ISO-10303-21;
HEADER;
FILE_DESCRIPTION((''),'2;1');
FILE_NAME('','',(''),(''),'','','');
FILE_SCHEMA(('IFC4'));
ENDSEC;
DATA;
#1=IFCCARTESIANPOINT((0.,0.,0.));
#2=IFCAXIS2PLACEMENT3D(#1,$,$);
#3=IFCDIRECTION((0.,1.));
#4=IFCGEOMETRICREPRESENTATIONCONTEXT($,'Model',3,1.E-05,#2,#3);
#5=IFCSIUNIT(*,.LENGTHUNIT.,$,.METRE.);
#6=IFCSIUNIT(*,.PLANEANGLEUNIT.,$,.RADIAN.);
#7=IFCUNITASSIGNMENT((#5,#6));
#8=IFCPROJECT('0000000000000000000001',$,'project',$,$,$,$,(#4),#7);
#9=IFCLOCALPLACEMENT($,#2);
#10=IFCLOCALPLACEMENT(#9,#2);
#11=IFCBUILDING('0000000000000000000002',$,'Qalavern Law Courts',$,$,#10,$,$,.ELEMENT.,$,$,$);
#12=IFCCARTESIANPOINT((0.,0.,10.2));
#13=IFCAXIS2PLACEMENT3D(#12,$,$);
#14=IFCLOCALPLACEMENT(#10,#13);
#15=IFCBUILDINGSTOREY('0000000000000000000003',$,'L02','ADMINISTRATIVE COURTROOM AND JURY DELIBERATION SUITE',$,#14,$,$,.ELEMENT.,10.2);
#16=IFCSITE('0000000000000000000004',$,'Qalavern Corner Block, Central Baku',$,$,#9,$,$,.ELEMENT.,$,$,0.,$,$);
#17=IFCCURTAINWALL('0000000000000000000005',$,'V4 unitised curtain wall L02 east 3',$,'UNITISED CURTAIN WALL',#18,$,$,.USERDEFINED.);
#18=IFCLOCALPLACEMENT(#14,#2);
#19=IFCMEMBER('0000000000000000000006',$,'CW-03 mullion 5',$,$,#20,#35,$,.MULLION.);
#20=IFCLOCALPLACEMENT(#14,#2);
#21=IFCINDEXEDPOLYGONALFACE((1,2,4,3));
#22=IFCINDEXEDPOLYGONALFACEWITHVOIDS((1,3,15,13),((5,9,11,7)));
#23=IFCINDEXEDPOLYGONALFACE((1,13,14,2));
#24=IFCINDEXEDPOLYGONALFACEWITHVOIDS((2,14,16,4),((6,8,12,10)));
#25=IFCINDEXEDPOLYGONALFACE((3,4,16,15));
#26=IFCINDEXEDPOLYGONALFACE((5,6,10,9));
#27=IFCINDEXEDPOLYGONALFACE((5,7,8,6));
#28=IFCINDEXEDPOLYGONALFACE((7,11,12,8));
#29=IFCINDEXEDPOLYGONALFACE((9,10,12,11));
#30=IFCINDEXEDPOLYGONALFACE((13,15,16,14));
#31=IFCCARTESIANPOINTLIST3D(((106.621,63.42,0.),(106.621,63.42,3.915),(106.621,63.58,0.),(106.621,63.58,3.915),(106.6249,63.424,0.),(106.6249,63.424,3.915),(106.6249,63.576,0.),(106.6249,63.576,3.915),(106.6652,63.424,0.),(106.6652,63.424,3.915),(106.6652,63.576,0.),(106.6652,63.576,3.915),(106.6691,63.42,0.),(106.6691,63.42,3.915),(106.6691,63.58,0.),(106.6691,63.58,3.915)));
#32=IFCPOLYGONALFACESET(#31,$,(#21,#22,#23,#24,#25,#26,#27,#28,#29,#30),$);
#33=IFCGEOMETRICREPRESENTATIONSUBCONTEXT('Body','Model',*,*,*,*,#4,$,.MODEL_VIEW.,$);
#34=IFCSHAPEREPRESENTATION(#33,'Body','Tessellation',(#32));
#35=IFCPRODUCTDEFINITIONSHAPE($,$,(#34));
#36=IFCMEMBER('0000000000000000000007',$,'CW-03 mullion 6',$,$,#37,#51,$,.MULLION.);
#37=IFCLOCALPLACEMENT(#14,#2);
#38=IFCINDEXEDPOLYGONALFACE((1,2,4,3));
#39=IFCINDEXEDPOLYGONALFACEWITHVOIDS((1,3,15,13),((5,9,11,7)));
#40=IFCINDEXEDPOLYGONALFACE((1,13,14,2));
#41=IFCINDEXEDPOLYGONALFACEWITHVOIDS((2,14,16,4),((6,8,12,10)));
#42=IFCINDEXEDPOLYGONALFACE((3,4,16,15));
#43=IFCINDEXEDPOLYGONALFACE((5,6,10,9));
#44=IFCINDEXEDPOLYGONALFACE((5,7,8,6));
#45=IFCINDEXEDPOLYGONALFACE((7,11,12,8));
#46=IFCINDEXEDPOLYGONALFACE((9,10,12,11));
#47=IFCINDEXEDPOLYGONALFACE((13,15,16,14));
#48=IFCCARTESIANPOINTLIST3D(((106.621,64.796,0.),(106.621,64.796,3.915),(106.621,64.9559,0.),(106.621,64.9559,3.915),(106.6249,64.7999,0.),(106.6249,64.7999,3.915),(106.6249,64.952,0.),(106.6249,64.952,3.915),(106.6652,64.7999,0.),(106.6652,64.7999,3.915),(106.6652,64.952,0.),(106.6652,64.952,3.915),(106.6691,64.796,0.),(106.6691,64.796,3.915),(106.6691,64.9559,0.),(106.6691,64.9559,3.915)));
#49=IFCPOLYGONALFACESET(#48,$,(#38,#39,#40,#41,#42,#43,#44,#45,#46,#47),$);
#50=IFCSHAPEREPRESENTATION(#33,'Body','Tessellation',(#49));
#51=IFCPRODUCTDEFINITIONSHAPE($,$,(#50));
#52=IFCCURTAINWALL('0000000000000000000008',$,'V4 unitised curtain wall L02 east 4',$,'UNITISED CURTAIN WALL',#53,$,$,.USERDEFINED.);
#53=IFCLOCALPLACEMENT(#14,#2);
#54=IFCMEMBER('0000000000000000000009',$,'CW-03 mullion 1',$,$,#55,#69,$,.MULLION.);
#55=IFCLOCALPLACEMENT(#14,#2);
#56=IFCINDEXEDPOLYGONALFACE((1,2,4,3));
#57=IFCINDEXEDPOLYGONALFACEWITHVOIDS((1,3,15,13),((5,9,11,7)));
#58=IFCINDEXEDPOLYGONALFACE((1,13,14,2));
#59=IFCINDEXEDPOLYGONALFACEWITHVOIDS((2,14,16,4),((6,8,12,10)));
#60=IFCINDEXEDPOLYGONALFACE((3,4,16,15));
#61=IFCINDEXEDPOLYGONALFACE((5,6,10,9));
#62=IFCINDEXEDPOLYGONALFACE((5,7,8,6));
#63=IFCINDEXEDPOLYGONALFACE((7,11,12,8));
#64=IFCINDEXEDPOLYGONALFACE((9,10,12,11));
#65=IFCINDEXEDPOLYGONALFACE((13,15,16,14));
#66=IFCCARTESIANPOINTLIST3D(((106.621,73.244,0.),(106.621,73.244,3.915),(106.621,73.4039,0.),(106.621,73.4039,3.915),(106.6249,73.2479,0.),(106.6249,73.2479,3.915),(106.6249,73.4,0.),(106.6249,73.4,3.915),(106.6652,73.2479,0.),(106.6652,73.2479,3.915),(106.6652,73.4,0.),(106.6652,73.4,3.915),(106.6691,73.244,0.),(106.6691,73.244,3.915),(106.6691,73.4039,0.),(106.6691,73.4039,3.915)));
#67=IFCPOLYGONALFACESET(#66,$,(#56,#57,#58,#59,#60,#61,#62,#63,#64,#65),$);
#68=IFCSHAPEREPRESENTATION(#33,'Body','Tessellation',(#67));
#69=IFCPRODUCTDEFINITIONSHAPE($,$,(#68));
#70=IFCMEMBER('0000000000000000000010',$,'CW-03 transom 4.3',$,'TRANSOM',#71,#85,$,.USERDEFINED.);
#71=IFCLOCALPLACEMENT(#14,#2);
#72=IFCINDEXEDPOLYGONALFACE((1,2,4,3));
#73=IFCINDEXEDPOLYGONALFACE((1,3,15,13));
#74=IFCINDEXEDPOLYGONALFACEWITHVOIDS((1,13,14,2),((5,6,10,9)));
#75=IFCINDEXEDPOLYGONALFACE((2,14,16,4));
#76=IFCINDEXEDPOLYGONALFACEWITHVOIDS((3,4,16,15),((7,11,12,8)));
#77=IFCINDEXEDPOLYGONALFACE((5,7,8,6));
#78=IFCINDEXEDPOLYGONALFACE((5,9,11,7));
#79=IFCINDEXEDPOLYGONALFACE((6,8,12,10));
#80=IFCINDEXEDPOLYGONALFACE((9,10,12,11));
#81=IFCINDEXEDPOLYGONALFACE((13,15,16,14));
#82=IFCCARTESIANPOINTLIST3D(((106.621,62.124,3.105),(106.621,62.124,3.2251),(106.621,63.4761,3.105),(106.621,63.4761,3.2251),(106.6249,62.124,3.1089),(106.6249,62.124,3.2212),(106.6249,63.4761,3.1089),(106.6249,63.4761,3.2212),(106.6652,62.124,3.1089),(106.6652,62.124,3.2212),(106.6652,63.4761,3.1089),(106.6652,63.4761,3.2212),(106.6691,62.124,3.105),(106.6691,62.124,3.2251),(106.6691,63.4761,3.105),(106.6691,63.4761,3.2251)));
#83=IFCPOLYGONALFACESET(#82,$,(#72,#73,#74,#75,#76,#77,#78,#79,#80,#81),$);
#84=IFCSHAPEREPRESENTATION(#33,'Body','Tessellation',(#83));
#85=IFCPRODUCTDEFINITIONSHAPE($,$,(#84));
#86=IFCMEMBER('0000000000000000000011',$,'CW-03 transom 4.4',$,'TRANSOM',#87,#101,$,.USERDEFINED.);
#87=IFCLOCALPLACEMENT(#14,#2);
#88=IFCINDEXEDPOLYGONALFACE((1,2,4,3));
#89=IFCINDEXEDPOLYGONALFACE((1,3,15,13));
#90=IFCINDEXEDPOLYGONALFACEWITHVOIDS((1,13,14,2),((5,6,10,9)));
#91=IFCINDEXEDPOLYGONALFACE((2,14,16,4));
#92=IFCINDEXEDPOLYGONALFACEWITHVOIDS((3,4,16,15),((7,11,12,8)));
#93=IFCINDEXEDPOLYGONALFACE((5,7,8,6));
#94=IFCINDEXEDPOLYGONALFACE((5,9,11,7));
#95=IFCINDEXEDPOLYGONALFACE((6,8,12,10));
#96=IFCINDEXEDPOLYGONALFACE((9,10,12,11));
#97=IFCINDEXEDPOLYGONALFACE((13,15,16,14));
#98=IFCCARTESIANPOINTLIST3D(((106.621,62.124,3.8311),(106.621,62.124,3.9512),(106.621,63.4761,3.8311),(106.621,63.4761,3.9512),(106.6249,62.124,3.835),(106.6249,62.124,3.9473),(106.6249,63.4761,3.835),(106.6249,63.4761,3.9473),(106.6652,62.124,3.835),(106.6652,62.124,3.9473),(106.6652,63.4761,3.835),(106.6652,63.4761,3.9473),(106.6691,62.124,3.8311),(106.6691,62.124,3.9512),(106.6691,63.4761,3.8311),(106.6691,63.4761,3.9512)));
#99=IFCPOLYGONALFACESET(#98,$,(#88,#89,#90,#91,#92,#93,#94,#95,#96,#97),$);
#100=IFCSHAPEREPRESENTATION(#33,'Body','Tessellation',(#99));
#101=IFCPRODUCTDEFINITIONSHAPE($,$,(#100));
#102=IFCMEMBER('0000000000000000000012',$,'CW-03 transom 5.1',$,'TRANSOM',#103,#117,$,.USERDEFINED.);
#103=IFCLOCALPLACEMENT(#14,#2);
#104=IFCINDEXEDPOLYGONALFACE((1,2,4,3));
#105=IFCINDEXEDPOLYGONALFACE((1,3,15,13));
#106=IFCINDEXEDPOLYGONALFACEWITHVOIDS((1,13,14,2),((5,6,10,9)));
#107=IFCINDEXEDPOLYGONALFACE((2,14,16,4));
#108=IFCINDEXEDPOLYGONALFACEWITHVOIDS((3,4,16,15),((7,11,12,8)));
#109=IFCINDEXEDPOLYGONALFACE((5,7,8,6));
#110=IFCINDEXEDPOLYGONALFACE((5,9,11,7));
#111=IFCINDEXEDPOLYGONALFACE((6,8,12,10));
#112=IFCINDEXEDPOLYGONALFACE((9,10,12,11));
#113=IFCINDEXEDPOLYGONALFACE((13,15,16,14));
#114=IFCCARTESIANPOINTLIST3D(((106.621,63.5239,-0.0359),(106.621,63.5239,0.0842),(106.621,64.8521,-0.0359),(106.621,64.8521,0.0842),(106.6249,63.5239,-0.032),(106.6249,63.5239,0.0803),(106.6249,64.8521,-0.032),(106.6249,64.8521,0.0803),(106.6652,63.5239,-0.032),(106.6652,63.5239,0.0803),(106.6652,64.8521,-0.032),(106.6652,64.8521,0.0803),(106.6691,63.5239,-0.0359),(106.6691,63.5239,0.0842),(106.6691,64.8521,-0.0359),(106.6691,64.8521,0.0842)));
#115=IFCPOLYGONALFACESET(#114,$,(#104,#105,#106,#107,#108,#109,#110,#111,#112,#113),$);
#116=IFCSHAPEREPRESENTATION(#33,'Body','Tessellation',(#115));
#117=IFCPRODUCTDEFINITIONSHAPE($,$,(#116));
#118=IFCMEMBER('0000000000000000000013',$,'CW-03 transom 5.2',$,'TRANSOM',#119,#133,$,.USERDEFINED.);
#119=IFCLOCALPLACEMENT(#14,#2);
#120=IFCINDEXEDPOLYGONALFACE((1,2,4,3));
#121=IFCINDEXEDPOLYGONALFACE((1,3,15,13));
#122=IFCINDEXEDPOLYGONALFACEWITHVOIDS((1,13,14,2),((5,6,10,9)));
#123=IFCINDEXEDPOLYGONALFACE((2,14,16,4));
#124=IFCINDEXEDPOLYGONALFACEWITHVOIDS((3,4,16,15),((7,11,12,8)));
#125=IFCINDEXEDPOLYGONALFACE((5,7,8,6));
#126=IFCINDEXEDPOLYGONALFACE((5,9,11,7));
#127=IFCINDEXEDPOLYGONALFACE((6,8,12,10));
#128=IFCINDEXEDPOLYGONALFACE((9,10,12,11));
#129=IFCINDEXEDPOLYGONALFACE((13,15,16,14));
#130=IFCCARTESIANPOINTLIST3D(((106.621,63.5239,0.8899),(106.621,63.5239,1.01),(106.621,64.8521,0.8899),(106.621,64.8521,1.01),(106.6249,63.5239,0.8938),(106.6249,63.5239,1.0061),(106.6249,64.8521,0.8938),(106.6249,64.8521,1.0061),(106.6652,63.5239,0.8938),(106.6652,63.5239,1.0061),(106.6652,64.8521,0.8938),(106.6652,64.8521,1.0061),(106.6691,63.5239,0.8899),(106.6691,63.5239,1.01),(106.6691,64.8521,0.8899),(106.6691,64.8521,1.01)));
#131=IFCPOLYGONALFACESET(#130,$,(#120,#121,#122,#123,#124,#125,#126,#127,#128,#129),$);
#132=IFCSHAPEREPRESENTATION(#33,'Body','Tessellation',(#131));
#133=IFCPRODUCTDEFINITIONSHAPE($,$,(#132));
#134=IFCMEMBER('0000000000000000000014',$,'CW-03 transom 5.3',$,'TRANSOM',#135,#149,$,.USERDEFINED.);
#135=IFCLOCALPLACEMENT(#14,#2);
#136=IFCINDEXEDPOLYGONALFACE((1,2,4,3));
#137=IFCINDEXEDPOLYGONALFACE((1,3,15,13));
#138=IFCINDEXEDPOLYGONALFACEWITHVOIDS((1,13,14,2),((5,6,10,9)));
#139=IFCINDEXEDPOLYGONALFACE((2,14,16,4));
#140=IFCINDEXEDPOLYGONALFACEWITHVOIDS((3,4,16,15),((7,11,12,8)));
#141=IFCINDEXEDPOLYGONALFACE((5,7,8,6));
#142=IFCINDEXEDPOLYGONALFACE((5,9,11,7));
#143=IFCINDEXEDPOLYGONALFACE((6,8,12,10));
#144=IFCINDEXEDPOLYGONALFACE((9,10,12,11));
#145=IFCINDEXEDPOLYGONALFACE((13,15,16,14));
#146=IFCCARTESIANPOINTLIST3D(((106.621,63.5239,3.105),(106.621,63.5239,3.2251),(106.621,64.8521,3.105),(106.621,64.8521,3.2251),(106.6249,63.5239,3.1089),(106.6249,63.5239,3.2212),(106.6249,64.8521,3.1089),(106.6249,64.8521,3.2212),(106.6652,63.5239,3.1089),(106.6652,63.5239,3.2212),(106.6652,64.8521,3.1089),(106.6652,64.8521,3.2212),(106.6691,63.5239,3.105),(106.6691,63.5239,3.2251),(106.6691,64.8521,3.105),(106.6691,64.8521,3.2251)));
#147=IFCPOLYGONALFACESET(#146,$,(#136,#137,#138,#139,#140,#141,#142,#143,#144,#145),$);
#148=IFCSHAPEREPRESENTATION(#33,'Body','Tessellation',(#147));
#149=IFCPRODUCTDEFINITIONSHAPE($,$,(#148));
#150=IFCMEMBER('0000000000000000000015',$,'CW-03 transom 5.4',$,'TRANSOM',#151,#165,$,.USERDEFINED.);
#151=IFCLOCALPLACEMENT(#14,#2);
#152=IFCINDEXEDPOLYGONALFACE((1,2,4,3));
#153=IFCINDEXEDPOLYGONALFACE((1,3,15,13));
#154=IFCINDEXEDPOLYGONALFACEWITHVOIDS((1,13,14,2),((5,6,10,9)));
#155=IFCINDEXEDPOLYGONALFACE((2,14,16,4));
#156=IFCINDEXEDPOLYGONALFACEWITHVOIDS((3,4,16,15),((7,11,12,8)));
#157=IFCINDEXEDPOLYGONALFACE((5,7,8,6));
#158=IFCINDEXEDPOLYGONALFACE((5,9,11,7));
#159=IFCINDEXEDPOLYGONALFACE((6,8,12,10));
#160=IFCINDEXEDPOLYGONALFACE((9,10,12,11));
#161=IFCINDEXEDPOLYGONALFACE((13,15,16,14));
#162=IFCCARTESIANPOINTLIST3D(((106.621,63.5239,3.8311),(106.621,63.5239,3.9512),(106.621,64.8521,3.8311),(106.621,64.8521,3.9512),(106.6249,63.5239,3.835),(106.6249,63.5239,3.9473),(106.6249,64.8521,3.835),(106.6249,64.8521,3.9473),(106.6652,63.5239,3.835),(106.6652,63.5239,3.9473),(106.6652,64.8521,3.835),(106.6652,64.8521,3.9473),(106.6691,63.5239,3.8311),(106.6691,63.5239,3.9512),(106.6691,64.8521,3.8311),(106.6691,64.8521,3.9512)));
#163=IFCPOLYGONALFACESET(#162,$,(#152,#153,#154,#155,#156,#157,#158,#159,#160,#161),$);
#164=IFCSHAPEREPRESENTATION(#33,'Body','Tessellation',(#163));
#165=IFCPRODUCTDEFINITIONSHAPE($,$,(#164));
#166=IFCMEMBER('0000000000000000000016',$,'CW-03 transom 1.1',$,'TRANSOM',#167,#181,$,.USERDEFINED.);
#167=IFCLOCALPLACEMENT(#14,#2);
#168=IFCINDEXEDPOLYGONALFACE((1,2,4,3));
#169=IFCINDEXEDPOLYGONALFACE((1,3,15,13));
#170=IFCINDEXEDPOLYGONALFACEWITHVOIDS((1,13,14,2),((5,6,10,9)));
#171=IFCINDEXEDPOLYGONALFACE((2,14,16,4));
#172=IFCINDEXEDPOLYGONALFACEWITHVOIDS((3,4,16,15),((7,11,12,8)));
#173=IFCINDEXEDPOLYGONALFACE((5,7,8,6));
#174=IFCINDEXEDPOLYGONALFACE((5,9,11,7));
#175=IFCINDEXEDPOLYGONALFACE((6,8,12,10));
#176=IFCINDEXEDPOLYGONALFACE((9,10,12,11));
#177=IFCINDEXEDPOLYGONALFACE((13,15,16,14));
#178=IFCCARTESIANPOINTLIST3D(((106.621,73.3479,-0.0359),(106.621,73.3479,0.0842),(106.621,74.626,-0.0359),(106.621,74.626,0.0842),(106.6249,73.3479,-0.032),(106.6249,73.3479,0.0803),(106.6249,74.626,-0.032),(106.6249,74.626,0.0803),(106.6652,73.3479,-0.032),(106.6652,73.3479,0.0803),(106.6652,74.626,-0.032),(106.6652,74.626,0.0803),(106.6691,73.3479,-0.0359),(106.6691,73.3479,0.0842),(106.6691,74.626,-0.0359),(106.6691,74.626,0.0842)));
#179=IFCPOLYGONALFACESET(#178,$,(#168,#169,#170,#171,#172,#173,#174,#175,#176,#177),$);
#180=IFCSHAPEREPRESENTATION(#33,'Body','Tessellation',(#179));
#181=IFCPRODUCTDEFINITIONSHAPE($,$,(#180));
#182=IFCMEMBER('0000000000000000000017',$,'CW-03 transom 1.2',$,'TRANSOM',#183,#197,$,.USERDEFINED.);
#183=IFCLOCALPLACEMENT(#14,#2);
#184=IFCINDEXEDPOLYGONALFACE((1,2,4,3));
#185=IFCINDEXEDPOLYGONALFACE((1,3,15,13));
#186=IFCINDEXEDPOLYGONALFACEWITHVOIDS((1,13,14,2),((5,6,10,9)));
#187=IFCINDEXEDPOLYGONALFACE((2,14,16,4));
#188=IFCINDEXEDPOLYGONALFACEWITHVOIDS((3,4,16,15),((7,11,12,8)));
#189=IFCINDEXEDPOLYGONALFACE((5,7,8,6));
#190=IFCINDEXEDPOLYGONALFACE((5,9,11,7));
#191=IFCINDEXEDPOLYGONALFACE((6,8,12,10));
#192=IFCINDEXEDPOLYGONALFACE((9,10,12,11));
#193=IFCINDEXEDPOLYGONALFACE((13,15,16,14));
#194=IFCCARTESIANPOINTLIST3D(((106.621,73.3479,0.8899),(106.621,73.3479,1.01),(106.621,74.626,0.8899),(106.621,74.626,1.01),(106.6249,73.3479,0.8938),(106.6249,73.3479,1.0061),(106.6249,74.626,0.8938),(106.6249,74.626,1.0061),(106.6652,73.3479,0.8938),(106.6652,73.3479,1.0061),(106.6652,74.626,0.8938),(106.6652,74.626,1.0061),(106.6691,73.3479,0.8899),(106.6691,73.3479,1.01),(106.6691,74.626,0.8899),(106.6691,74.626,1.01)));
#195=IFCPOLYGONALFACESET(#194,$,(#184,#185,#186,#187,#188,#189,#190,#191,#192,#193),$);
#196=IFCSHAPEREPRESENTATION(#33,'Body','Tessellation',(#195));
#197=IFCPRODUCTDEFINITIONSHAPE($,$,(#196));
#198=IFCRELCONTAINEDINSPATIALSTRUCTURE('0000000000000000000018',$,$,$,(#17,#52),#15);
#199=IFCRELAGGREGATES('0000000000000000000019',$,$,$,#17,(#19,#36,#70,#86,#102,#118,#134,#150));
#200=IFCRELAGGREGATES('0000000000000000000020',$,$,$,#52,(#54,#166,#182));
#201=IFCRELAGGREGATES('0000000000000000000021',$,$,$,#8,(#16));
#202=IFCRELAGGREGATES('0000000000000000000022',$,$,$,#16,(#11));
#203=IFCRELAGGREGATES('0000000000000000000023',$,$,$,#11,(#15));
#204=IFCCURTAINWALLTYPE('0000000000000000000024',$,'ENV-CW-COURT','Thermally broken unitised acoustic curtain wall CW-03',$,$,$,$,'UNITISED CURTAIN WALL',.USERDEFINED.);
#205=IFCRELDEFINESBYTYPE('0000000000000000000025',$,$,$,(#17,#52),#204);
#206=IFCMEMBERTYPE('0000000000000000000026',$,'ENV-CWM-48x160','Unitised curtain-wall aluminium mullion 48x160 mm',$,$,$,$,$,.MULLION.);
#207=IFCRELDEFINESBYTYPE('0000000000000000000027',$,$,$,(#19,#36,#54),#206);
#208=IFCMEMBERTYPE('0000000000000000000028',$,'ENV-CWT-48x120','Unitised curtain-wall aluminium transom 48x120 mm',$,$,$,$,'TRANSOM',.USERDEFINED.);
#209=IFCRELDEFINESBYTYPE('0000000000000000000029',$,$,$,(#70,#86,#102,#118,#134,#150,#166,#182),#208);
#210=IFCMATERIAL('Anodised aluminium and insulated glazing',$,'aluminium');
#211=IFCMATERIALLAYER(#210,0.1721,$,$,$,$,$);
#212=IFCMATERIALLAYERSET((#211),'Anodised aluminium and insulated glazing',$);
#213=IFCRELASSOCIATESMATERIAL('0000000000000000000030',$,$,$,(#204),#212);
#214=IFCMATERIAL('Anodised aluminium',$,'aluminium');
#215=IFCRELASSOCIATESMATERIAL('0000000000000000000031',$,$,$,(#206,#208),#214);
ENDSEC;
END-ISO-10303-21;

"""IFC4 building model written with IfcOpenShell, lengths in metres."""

from ifc_helpers import new_model, si_unit, direction, frame, origin, origin_2d, place, context, subcontext, project, spatial, hollow_rectangle, extrude, material, layer, layer_set, material_profile, profile_set, type_object, element, aggregate, save


model = new_model("IFC4")

# Units and contexts
model_context = context("Model", 3, precision=1e-05, world=origin(), true_north=direction((0.0, 1.0)))
body_context = subcontext(model_context, "Body", "Model", "MODEL_VIEW")
ifc_project = project(units=[si_unit("LENGTHUNIT", "METRE"), si_unit("PLANEANGLEUNIT", "RADIAN")], contexts=[model_context])

# Site, building, storey
site_placement = place(None, origin())
site = spatial("IfcSite", under=ifc_project, at=site_placement, Name="Qalavern Corner Block, Central Baku", CompositionType="ELEMENT", RefElevation=0.0)
building_placement = place(site_placement, origin())
building = spatial("IfcBuilding", under=site, at=building_placement, Name="Qalavern Law Courts", CompositionType="ELEMENT")
storey_placement = place(building_placement, frame((0.0, 0.0, 10.2)))
storey = spatial("IfcBuildingStorey", under=building, at=storey_placement, Name="L02", Description="ADMINISTRATIVE COURTROOM AND JURY DELIBERATION SUITE", CompositionType="ELEMENT", Elevation=10.2)

# Curtain wall, members
ifc_material_1 = material(Name="Anodised aluminium and insulated glazing", Category="aluminium")
ifc_layer_1 = layer(ifc_material_1, 0.1721)
ifc_layer_set_1 = layer_set([ifc_layer_1], Name="Anodised aluminium and insulated glazing")
curtain_wall_type = type_object("IfcCurtainWallType", Name="ENV-CW-COURT", Description="Thermally broken unitised acoustic curtain wall CW-03", ElementType="UNITISED CURTAIN WALL", PredefinedType="USERDEFINED", material=ifc_layer_set_1)
curtain_wall_1_placement = place(storey_placement, origin())
curtain_wall_1 = element("IfcCurtainWall", 1, at=curtain_wall_1_placement, inside=storey, type_object=curtain_wall_type, Name="V4 unitised curtain wall L02 east 3", ObjectType="UNITISED CURTAIN WALL", PredefinedType="USERDEFINED")
ifc_material_2 = material(Name="Anodised aluminium", Category="aluminium")
ifc_material_profile_1 = material_profile(ifc_material_2, hollow_rectangle(XDim=0.0481, YDim=0.1599, WallThickness=0.0039, at=origin_2d()), Name="ALU MULLION 48x160")
ifc_profile_set_1 = profile_set([ifc_material_profile_1], Name="Anodised aluminium")
member_type_1 = type_object("IfcMemberType", Name="ENV-CWM-48x160", Description="Unitised curtain-wall aluminium mullion 48x160 mm", PredefinedType="MULLION", material=ifc_profile_set_1)
member_1_placement = place(storey_placement, frame((106.645, 63.5, 0.0), z_axis=(0.0, 0.0, 1.0), x_axis=(-1.0, 0.0, 0.0)))
member_1 = element("IfcMember", 2, at=member_1_placement, type_object=member_type_1, Name="CW-03 mullion 5", PredefinedType="MULLION", context=body_context, shape_type="SweptSolid", body=[
    extrude(hollow_rectangle(XDim=0.0481, YDim=0.1599, WallThickness=0.0039, at=origin_2d()), origin(), (0.0, 0.0, 1.0), 3.915),
])
member_2_placement = place(storey_placement, frame((106.645, 64.876, 0.0), z_axis=(0.0, 0.0, 1.0), x_axis=(-1.0, 0.0, 0.0)))
member_2 = element("IfcMember", 3, at=member_2_placement, type_object=member_type_1, Name="CW-03 mullion 6", PredefinedType="MULLION", context=body_context, shape_type="SweptSolid", body=[
    extrude(hollow_rectangle(XDim=0.0481, YDim=0.1599, WallThickness=0.0039, at=origin_2d()), origin(), (0.0, 0.0, 1.0), 3.915),
])

# Curtain wall, member
curtain_wall_2_placement = place(storey_placement, origin())
curtain_wall_2 = element("IfcCurtainWall", 4, at=curtain_wall_2_placement, inside=storey, type_object=curtain_wall_type, Name="V4 unitised curtain wall L02 east 4", ObjectType="UNITISED CURTAIN WALL", PredefinedType="USERDEFINED")
member_3_placement = place(storey_placement, frame((106.645, 73.324, 0.0), z_axis=(0.0, 0.0, 1.0), x_axis=(-1.0, 0.0, 0.0)))
member_3 = element("IfcMember", 5, at=member_3_placement, type_object=member_type_1, Name="CW-03 mullion 1", PredefinedType="MULLION", context=body_context, shape_type="SweptSolid", body=[
    extrude(hollow_rectangle(XDim=0.0481, YDim=0.1599, WallThickness=0.0039, at=origin_2d()), origin(), (0.0, 0.0, 1.0), 3.915),
])

# Members
ifc_material_profile_2 = material_profile(ifc_material_2, hollow_rectangle(XDim=0.0481, YDim=0.1201, WallThickness=0.0039, at=origin_2d()), Name="ALU TRANSOM 48x120")
ifc_profile_set_2 = profile_set([ifc_material_profile_2], Name="Anodised aluminium")
member_type_2 = type_object("IfcMemberType", Name="ENV-CWT-48x120", Description="Unitised curtain-wall aluminium transom 48x120 mm", ElementType="TRANSOM", PredefinedType="USERDEFINED", material=ifc_profile_set_2)
member_4_placement = place(storey_placement, frame((106.645, 62.124, 3.165), z_axis=(0.0, 1.0, 0.0), x_axis=(-1.0, 0.0, 0.0)))
member_4 = element("IfcMember", 6, at=member_4_placement, type_object=member_type_2, Name="CW-03 transom 4.3", ObjectType="TRANSOM", PredefinedType="USERDEFINED", context=body_context, shape_type="SweptSolid", body=[
    extrude(hollow_rectangle(XDim=0.0481, YDim=0.1201, WallThickness=0.0039, at=origin_2d()), origin(), (0.0, 0.0, 1.0), 1.3521),
])
member_5_placement = place(storey_placement, frame((106.645, 62.124, 3.8911), z_axis=(0.0, 1.0, 0.0), x_axis=(-1.0, 0.0, 0.0)))
member_5 = element("IfcMember", 7, at=member_5_placement, type_object=member_type_2, Name="CW-03 transom 4.4", ObjectType="TRANSOM", PredefinedType="USERDEFINED", context=body_context, shape_type="SweptSolid", body=[
    extrude(hollow_rectangle(XDim=0.0481, YDim=0.1201, WallThickness=0.0039, at=origin_2d()), origin(), (0.0, 0.0, 1.0), 1.3521),
])
member_6_placement = place(storey_placement, frame((106.645, 63.5239, 0.0242), z_axis=(0.0, 1.0, 0.0), x_axis=(-1.0, 0.0, 0.0)))
member_6 = element("IfcMember", 8, at=member_6_placement, type_object=member_type_2, Name="CW-03 transom 5.1", ObjectType="TRANSOM", PredefinedType="USERDEFINED", context=body_context, shape_type="SweptSolid", body=[
    extrude(hollow_rectangle(XDim=0.0481, YDim=0.1201, WallThickness=0.0039, at=origin_2d()), origin(), (0.0, 0.0, 1.0), 1.3281),
])
member_7_placement = place(storey_placement, frame((106.645, 63.5239, 0.95), z_axis=(0.0, 1.0, 0.0), x_axis=(-1.0, 0.0, 0.0)))
member_7 = element("IfcMember", 9, at=member_7_placement, type_object=member_type_2, Name="CW-03 transom 5.2", ObjectType="TRANSOM", PredefinedType="USERDEFINED", context=body_context, shape_type="SweptSolid", body=[
    extrude(hollow_rectangle(XDim=0.0481, YDim=0.1201, WallThickness=0.0039, at=origin_2d()), origin(), (0.0, 0.0, 1.0), 1.3281),
])
member_8_placement = place(storey_placement, frame((106.645, 63.5239, 3.165), z_axis=(0.0, 1.0, 0.0), x_axis=(-1.0, 0.0, 0.0)))
member_8 = element("IfcMember", 10, at=member_8_placement, type_object=member_type_2, Name="CW-03 transom 5.3", ObjectType="TRANSOM", PredefinedType="USERDEFINED", context=body_context, shape_type="SweptSolid", body=[
    extrude(hollow_rectangle(XDim=0.0481, YDim=0.1201, WallThickness=0.0039, at=origin_2d()), origin(), (0.0, 0.0, 1.0), 1.3281),
])
member_9_placement = place(storey_placement, frame((106.645, 63.5239, 3.8911), z_axis=(0.0, 1.0, 0.0), x_axis=(-1.0, 0.0, 0.0)))
member_9 = element("IfcMember", 11, at=member_9_placement, type_object=member_type_2, Name="CW-03 transom 5.4", ObjectType="TRANSOM", PredefinedType="USERDEFINED", context=body_context, shape_type="SweptSolid", body=[
    extrude(hollow_rectangle(XDim=0.0481, YDim=0.1201, WallThickness=0.0039, at=origin_2d()), origin(), (0.0, 0.0, 1.0), 1.3281),
])
member_10_placement = place(storey_placement, frame((106.645, 73.3479, 0.0242), z_axis=(0.0, 1.0, 0.0), x_axis=(-1.0, 0.0, 0.0)))
member_10 = element("IfcMember", 12, at=member_10_placement, type_object=member_type_2, Name="CW-03 transom 1.1", ObjectType="TRANSOM", PredefinedType="USERDEFINED", context=body_context, shape_type="SweptSolid", body=[
    extrude(hollow_rectangle(XDim=0.0481, YDim=0.1201, WallThickness=0.0039, at=origin_2d()), origin(), (0.0, 0.0, 1.0), 1.2781),
])
member_11_placement = place(storey_placement, frame((106.645, 73.3479, 0.95), z_axis=(0.0, 1.0, 0.0), x_axis=(-1.0, 0.0, 0.0)))
member_11 = element("IfcMember", 13, at=member_11_placement, type_object=member_type_2, Name="CW-03 transom 1.2", ObjectType="TRANSOM", PredefinedType="USERDEFINED", context=body_context, shape_type="SweptSolid", body=[
    extrude(hollow_rectangle(XDim=0.0481, YDim=0.1201, WallThickness=0.0039, at=origin_2d()), origin(), (0.0, 0.0, 1.0), 1.2781),
])

aggregate(curtain_wall_1, [member_1, member_2, member_4, member_5, member_6, member_7, member_8, member_9])
aggregate(curtain_wall_2, [member_3, member_10, member_11])

save(model, "model.ifc")
